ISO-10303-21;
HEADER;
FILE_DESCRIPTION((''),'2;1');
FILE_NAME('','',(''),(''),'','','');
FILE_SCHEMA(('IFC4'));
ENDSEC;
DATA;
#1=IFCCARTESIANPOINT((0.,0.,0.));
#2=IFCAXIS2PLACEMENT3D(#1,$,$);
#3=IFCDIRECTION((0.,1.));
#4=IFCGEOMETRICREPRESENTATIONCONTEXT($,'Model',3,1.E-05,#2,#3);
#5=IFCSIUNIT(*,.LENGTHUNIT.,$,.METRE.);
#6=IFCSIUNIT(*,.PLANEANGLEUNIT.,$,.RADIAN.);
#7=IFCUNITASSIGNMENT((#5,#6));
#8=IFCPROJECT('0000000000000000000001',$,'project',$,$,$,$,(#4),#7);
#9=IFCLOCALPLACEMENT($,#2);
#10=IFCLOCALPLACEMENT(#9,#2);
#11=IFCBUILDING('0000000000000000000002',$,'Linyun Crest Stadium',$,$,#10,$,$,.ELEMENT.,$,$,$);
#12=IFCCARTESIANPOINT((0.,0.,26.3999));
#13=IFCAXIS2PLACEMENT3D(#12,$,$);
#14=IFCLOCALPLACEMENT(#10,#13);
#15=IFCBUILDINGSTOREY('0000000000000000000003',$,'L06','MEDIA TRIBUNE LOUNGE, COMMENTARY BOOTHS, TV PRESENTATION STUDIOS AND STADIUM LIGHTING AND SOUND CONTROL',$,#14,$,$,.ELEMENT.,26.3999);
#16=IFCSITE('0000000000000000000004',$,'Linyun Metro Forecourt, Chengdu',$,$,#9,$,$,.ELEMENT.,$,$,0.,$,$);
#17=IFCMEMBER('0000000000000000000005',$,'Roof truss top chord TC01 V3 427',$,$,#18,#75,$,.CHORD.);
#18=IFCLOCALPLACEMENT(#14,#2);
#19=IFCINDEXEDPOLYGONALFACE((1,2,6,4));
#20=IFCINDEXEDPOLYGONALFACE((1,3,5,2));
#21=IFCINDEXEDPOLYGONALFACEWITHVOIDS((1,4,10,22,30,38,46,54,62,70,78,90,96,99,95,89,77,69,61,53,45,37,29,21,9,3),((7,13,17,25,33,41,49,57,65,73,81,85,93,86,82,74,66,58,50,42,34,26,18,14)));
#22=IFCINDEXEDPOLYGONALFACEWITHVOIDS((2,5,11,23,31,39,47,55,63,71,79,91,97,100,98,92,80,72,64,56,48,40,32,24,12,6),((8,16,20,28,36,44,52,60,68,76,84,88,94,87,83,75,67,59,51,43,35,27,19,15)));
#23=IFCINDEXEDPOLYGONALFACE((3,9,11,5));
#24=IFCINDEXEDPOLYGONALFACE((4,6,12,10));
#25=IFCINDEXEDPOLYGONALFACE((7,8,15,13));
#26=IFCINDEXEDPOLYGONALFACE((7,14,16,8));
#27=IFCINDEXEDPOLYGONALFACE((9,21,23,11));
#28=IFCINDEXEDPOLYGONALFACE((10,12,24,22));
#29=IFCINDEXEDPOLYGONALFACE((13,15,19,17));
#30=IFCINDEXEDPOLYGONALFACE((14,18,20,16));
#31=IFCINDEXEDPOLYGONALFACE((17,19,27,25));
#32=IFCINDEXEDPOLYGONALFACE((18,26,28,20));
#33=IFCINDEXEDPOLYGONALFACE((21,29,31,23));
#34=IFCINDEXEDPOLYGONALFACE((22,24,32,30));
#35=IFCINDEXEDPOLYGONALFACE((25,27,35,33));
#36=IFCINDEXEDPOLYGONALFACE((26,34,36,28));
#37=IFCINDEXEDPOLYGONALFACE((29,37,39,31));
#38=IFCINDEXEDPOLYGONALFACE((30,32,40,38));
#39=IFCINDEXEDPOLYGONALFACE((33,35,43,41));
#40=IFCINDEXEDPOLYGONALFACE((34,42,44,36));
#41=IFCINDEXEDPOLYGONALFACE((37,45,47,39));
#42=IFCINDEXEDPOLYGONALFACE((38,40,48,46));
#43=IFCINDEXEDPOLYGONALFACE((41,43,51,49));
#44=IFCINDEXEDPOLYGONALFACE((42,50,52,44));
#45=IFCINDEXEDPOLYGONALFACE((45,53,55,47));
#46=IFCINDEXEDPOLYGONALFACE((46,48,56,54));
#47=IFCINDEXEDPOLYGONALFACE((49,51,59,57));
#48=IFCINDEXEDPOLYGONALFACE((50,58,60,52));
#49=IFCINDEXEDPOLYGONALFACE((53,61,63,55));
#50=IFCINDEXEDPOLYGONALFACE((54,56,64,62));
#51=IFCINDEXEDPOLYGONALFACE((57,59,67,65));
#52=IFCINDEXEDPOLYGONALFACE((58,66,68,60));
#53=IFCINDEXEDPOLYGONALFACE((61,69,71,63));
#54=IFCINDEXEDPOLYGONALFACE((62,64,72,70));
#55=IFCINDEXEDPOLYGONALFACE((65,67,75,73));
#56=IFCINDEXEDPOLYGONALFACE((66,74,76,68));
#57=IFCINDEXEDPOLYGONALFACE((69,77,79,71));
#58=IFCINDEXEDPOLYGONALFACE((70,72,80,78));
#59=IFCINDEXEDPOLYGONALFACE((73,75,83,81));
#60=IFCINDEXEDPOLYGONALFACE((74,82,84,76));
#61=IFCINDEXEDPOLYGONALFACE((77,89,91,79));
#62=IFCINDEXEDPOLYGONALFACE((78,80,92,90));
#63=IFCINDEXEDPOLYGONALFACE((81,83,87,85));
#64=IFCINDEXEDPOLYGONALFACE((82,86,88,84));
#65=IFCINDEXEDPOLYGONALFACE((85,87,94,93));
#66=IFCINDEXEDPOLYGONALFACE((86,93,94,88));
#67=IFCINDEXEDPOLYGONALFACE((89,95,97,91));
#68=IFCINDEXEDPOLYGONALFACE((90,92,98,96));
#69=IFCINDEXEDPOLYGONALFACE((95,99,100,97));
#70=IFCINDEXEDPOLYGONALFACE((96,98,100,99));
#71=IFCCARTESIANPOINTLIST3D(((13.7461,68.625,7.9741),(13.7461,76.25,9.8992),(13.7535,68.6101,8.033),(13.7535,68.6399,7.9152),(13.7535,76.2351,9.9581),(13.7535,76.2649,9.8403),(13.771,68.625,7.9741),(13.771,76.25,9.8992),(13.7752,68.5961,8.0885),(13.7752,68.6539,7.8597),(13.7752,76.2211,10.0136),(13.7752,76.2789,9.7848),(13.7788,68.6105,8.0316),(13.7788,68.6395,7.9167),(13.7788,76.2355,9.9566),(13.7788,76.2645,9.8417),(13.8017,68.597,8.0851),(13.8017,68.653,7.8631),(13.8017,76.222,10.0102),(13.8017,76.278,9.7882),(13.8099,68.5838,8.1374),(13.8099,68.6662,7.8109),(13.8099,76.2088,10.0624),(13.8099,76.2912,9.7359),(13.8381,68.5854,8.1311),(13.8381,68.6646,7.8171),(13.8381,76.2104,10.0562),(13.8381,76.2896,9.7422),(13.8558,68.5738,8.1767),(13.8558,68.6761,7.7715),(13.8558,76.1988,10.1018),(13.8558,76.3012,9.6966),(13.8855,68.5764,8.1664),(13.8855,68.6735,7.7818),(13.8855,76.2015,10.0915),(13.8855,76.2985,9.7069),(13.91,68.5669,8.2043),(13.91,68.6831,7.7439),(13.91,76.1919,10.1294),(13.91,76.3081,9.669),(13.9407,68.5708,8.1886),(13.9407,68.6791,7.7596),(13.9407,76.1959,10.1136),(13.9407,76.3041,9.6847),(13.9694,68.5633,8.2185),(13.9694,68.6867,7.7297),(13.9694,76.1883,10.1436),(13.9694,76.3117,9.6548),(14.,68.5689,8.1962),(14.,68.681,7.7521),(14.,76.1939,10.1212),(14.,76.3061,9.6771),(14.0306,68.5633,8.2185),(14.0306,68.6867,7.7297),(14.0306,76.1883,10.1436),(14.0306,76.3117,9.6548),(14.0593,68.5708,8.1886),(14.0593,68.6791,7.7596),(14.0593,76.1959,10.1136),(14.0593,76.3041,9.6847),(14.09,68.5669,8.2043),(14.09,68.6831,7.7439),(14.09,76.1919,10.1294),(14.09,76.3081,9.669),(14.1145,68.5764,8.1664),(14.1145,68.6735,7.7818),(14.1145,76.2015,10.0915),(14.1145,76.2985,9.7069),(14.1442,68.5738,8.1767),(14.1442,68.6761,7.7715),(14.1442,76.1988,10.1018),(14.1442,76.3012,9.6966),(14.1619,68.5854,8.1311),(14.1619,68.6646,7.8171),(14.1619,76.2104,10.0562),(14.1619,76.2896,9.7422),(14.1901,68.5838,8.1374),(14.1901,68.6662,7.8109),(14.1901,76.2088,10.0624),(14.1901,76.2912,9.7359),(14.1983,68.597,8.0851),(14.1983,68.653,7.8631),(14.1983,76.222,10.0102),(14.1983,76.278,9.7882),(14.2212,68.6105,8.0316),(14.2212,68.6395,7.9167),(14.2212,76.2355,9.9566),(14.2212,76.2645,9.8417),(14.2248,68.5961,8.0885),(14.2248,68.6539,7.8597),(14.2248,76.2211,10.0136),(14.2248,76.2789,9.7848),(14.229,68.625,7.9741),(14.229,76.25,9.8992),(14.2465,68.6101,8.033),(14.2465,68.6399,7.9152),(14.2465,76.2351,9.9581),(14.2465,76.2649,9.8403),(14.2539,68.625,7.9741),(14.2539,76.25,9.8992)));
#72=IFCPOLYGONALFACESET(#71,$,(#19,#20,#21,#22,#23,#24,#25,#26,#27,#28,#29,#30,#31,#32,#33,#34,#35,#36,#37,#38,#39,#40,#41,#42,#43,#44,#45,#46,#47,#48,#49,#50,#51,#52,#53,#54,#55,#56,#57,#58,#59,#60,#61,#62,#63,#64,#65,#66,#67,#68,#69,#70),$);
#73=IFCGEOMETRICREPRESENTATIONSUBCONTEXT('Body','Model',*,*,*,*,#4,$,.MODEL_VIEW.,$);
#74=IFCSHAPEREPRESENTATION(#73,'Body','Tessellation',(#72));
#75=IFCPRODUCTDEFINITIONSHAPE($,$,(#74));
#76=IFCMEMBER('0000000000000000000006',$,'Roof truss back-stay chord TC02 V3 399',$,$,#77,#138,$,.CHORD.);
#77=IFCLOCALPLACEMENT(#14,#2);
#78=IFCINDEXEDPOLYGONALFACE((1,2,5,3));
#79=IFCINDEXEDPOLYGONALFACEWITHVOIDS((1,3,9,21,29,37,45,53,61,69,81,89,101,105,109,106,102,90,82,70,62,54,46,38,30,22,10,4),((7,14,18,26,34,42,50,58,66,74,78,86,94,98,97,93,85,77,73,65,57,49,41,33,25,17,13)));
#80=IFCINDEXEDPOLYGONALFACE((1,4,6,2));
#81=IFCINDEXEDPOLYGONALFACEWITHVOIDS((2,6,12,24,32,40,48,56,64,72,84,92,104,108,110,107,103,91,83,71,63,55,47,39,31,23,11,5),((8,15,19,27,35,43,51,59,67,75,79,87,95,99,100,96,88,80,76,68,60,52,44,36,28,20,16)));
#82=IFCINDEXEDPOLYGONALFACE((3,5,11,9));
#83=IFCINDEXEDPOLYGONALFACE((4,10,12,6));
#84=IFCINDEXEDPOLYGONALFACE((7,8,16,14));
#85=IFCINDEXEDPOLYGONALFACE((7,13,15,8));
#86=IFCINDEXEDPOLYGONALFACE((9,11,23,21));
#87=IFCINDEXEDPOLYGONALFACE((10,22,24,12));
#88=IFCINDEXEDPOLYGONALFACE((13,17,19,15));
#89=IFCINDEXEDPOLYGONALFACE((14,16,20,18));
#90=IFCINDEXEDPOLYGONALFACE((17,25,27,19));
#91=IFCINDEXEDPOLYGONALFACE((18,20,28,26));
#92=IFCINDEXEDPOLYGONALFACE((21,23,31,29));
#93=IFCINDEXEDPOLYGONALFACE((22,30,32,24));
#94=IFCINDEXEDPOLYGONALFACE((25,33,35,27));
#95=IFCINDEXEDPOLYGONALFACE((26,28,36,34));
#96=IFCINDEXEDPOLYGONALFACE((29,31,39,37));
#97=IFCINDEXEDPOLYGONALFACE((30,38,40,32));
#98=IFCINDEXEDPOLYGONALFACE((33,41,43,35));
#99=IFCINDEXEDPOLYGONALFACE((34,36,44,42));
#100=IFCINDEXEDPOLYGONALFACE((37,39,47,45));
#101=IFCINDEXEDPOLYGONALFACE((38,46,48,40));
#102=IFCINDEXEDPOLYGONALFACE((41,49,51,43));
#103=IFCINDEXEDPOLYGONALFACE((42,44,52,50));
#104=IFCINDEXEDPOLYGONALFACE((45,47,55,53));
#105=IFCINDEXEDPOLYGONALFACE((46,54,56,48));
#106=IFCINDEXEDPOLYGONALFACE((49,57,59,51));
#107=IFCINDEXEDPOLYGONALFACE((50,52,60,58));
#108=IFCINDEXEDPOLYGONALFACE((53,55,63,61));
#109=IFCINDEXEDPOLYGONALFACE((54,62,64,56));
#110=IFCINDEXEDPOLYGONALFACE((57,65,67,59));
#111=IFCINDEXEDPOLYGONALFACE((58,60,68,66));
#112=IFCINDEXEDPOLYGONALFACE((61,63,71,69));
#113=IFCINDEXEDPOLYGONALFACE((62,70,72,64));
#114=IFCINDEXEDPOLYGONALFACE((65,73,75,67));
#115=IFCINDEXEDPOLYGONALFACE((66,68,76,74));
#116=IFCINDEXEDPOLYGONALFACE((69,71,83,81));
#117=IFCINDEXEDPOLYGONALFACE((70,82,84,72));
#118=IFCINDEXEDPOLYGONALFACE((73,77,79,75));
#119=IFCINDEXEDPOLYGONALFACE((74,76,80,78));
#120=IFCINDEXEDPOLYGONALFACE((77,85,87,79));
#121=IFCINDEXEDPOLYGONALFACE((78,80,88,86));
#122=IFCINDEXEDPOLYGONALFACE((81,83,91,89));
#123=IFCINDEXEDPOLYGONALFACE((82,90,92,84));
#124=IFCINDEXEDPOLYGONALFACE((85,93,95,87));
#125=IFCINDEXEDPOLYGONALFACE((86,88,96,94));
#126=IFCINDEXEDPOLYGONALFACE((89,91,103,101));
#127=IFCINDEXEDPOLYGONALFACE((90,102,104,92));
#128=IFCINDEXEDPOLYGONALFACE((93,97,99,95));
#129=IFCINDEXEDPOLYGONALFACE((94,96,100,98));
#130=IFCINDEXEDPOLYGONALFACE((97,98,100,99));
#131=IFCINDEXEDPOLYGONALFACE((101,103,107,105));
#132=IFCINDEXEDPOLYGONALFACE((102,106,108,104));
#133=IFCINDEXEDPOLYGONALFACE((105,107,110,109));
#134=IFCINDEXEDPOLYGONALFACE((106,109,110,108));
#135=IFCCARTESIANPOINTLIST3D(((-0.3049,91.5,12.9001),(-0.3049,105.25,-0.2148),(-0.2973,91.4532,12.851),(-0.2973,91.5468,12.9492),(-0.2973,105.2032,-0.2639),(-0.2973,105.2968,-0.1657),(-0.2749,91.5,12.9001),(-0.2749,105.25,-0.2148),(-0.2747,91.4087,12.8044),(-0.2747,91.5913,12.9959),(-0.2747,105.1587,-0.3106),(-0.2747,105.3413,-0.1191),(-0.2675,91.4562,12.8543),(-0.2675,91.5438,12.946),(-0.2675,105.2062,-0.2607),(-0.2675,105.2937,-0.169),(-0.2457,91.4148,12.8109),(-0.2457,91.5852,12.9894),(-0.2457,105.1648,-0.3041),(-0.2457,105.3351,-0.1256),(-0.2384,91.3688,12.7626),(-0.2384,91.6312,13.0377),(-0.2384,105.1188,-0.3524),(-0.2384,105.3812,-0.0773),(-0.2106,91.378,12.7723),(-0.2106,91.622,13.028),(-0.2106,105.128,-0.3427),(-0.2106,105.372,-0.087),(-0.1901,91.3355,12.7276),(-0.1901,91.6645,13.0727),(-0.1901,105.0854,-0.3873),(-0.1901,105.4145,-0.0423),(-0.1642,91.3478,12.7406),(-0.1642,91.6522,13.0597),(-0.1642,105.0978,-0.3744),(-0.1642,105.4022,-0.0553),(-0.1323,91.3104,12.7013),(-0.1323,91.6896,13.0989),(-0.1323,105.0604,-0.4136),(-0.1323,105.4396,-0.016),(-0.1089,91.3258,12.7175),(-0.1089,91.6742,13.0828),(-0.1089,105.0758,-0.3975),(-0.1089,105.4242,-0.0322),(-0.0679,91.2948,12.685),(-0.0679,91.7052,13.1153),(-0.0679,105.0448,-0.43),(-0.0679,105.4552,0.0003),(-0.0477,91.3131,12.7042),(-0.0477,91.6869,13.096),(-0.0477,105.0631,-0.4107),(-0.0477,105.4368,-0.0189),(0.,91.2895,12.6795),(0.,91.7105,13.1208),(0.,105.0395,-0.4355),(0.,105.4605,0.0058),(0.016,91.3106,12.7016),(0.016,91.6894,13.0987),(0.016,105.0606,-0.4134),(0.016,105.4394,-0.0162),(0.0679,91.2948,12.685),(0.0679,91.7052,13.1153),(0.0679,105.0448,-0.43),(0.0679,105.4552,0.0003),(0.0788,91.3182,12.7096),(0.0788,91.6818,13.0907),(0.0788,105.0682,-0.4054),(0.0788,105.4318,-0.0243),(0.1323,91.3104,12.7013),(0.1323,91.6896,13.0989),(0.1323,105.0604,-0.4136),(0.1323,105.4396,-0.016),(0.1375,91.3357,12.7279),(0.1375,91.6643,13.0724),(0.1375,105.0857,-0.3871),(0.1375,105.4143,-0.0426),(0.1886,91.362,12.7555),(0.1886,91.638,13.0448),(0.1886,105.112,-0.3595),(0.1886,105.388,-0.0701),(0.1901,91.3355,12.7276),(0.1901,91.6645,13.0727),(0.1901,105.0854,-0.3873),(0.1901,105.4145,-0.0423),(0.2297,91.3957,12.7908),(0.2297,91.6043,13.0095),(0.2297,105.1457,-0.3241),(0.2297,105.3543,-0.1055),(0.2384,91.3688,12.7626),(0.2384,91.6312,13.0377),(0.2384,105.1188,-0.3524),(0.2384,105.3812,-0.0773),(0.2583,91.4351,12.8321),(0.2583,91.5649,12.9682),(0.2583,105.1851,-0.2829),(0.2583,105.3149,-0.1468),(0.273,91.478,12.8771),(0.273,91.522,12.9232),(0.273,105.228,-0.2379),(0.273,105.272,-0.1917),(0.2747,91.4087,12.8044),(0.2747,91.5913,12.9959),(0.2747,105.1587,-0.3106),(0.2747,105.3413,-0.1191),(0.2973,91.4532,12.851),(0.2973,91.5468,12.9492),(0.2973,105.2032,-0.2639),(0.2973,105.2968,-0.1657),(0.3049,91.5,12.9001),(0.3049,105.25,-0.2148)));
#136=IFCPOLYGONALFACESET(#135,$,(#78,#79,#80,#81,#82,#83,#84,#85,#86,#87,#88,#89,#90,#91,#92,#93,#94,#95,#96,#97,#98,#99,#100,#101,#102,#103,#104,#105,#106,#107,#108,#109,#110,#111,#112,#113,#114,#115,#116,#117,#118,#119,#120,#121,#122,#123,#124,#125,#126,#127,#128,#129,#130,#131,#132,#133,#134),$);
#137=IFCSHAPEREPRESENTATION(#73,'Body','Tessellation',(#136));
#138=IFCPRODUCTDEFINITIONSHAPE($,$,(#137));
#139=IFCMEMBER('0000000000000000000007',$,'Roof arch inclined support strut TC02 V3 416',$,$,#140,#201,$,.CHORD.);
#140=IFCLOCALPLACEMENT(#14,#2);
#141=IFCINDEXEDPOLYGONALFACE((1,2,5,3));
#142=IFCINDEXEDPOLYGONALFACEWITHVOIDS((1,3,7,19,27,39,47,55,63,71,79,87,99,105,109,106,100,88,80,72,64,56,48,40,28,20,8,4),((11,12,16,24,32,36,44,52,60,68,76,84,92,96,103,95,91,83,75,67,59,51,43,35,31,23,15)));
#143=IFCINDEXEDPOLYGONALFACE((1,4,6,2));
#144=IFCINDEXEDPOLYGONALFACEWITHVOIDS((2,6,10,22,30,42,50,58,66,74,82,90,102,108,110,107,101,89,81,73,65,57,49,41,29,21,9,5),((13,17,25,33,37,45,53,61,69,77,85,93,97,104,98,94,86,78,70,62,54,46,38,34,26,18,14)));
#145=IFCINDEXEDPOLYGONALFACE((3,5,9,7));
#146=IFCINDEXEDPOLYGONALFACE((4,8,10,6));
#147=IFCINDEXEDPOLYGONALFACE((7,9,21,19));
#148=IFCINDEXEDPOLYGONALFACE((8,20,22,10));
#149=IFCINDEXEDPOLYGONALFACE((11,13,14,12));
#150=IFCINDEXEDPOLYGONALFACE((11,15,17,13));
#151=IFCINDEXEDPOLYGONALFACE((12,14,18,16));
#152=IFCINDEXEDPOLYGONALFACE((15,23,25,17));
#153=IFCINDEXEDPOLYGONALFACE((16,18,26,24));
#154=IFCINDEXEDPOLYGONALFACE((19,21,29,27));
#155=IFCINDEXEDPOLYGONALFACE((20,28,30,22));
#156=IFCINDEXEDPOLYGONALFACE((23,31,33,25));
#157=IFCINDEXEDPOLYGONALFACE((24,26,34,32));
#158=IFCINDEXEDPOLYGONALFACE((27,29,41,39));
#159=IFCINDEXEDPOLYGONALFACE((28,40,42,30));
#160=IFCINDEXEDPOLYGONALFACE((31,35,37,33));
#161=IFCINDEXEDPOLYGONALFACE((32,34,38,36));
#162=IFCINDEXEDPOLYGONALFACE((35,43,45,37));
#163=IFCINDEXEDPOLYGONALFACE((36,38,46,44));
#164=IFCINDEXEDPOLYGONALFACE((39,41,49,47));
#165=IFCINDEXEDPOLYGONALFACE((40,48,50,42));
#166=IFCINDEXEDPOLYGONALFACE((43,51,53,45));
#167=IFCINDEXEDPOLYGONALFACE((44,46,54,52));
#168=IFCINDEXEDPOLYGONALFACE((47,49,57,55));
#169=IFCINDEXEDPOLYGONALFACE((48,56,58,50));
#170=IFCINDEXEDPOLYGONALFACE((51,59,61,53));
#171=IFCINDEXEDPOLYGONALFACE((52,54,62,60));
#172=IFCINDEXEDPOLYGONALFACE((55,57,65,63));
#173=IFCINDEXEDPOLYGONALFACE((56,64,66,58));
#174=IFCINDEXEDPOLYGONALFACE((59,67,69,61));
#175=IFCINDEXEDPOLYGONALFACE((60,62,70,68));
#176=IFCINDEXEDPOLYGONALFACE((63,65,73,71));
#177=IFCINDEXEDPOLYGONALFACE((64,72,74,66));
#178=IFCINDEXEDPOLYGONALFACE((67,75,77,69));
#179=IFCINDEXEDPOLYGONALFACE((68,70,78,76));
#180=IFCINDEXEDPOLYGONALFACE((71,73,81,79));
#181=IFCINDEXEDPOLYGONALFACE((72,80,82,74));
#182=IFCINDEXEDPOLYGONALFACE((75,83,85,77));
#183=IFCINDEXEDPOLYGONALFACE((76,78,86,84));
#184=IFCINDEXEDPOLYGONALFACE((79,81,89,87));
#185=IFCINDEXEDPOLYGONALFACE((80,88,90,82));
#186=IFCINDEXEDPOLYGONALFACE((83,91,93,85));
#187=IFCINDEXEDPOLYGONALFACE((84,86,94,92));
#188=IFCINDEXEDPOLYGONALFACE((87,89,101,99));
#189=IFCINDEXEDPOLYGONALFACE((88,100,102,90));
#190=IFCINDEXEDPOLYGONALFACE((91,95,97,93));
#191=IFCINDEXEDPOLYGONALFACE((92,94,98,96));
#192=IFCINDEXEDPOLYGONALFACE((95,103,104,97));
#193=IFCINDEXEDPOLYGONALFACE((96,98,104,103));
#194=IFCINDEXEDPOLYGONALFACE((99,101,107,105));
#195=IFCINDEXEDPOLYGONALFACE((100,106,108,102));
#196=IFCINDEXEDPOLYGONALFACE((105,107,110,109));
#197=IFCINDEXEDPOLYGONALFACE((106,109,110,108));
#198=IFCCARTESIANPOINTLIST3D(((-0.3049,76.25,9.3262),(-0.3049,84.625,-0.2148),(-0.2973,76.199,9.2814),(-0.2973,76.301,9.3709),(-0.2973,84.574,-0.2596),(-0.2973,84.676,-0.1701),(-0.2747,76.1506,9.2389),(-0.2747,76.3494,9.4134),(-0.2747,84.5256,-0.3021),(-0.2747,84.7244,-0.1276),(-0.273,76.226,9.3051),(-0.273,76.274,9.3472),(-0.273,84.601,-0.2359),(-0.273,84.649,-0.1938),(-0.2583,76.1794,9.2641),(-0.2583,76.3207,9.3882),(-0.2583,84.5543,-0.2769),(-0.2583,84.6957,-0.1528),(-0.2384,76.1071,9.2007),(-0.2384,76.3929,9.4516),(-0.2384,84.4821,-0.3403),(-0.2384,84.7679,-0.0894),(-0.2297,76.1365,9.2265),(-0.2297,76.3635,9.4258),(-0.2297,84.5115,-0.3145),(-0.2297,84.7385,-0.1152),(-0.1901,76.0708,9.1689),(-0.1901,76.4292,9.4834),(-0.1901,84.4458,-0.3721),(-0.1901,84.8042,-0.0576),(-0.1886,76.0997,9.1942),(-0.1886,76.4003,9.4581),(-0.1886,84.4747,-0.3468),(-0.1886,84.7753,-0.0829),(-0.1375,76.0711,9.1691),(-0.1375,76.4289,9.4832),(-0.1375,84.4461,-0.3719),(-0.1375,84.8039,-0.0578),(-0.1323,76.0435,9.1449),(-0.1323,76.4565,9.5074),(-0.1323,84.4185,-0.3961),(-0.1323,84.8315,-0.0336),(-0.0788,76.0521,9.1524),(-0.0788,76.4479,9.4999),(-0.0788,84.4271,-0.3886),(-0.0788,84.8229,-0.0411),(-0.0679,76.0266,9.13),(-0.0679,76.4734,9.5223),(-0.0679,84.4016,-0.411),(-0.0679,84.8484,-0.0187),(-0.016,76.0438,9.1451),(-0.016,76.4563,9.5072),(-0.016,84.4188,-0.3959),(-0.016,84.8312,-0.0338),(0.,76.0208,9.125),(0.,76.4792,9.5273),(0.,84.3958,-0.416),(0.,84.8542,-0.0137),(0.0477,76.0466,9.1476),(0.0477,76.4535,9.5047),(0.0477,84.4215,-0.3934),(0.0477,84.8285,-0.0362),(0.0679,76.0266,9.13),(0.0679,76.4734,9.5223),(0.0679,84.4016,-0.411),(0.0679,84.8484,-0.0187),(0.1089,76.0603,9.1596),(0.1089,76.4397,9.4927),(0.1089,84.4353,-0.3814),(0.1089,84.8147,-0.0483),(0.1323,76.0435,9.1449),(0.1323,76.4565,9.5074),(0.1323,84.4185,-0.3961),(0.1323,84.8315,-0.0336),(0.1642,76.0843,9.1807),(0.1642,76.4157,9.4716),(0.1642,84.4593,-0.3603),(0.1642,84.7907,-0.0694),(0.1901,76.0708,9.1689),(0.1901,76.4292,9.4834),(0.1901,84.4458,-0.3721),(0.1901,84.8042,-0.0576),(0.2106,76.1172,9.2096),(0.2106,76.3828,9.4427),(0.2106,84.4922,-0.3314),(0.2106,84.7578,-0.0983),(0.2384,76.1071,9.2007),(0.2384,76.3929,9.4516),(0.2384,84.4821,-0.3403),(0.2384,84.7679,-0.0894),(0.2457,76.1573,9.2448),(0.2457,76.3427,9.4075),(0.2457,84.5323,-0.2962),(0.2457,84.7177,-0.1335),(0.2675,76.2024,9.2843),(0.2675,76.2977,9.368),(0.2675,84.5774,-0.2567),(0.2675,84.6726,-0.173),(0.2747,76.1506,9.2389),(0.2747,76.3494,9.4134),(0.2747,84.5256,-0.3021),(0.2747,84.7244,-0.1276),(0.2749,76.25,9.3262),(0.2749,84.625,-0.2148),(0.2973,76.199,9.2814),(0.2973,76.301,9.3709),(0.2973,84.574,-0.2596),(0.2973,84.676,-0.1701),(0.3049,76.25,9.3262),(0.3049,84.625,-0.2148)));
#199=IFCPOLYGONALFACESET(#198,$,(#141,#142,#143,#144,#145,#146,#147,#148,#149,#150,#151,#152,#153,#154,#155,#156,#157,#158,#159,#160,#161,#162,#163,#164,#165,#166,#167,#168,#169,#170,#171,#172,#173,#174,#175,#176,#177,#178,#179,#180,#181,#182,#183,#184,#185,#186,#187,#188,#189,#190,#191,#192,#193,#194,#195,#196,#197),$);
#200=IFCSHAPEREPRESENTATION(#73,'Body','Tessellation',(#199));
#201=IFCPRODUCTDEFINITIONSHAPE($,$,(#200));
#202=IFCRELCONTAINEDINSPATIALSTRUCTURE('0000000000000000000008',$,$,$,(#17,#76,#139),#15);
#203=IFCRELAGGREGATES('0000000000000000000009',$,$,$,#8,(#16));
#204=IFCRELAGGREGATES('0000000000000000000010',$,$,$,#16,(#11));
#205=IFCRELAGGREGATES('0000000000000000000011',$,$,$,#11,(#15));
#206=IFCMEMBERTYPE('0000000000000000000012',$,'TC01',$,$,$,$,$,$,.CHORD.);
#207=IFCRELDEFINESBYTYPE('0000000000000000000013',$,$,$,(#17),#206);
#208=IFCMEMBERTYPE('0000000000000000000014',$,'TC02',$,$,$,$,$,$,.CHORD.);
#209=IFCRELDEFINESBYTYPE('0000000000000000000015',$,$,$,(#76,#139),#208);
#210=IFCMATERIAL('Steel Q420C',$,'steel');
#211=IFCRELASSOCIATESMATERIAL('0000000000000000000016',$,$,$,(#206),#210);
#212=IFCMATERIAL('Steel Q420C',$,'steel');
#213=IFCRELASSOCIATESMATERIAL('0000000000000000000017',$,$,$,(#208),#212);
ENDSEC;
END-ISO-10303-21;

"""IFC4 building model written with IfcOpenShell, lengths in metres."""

from ifc_helpers import new_model, si_unit, direction, frame, origin, origin_2d, place, context, subcontext, project, spatial, hollow_circle, extrude, material, material_profile, profile_set, type_object, element, save


model = new_model("IFC4")

# Units and contexts
model_context = context("Model", 3, precision=1e-05, world=origin(), true_north=direction((0.0, 1.0)))
body_context = subcontext(model_context, "Body", "Model", "MODEL_VIEW")
ifc_project = project(units=[si_unit("LENGTHUNIT", "METRE"), si_unit("PLANEANGLEUNIT", "RADIAN")], contexts=[model_context])

# Site, building, storey
site_placement = place(None, origin())
site = spatial("IfcSite", under=ifc_project, at=site_placement, Name="Linyun Metro Forecourt, Chengdu", CompositionType="ELEMENT", RefElevation=0.0)
building_placement = place(site_placement, origin())
building = spatial("IfcBuilding", under=site, at=building_placement, Name="Linyun Crest Stadium", CompositionType="ELEMENT")
storey_placement = place(building_placement, frame((0.0, 0.0, 26.3999)))
storey = spatial("IfcBuildingStorey", under=building, at=storey_placement, Name="L06", Description="MEDIA TRIBUNE LOUNGE, COMMENTARY BOOTHS, TV PRESENTATION STUDIOS AND STADIUM LIGHTING AND SOUND CONTROL", CompositionType="ELEMENT", Elevation=26.3999)

# Members
ifc_material_1 = material(Name="Steel Q420C", Category="steel")
ifc_material_profile_1 = material_profile(ifc_material_1, hollow_circle(Radius=0.2539, WallThickness=0.0249, at=origin_2d()), Name="CHS 508x25")
ifc_profile_set_1 = profile_set([ifc_material_profile_1], Name="Steel Q420C")
member_type_1 = type_object("IfcMemberType", Name="TC01", PredefinedType="CHORD", material=ifc_profile_set_1)
member_1_placement = place(storey_placement, frame((14.0, 76.25, 9.8992), z_axis=(0.0, -0.969577, -0.244785), x_axis=(1.0, 0.0, 0.0)))
element("IfcMember", 1, at=member_1_placement, inside=storey, type_object=member_type_1, Name="Roof truss top chord TC01 V3 427", PredefinedType="CHORD", context=body_context, shape_type="SweptSolid", body=[
    extrude(hollow_circle(Radius=0.2539, WallThickness=0.0249, at=origin_2d()), origin(), (0.0, 0.0, 1.0), 7.8643),
])
ifc_material_2 = material(Name="Steel Q420C", Category="steel")
ifc_material_profile_2 = material_profile(ifc_material_2, hollow_circle(Radius=0.3049, WallThickness=0.03, at=origin_2d()), Name="CHS 610x30")
ifc_profile_set_2 = profile_set([ifc_material_profile_2], Name="Steel Q420C")
member_type_2 = type_object("IfcMemberType", Name="TC02", PredefinedType="CHORD", material=ifc_profile_set_2)
member_2_placement = place(storey_placement, frame((0.0, 91.5, 12.9001), z_axis=(0.0, 0.723619, -0.6902), x_axis=(-1.0, 0.0, 0.0)))
element("IfcMember", 2, at=member_2_placement, inside=storey, type_object=member_type_2, Name="Roof truss back-stay chord TC02 V3 399", PredefinedType="CHORD", context=body_context, shape_type="SweptSolid", body=[
    extrude(hollow_circle(Radius=0.3049, WallThickness=0.03, at=origin_2d()), origin(), (0.0, 0.0, 1.0), 19.0017),
])
member_3_placement = place(storey_placement, frame((0.0, 84.625, -0.2148), z_axis=(0.0, -0.659691, 0.751537), x_axis=(1.0, 0.0, 0.0)))
element("IfcMember", 3, at=member_3_placement, inside=storey, type_object=member_type_2, Name="Roof arch inclined support strut TC02 V3 416", PredefinedType="CHORD", context=body_context, shape_type="SweptSolid", body=[
    extrude(hollow_circle(Radius=0.3049, WallThickness=0.03, at=origin_2d()), origin(), (0.0, 0.0, 1.0), 12.6953),
])

save(model, "model.ifc")
